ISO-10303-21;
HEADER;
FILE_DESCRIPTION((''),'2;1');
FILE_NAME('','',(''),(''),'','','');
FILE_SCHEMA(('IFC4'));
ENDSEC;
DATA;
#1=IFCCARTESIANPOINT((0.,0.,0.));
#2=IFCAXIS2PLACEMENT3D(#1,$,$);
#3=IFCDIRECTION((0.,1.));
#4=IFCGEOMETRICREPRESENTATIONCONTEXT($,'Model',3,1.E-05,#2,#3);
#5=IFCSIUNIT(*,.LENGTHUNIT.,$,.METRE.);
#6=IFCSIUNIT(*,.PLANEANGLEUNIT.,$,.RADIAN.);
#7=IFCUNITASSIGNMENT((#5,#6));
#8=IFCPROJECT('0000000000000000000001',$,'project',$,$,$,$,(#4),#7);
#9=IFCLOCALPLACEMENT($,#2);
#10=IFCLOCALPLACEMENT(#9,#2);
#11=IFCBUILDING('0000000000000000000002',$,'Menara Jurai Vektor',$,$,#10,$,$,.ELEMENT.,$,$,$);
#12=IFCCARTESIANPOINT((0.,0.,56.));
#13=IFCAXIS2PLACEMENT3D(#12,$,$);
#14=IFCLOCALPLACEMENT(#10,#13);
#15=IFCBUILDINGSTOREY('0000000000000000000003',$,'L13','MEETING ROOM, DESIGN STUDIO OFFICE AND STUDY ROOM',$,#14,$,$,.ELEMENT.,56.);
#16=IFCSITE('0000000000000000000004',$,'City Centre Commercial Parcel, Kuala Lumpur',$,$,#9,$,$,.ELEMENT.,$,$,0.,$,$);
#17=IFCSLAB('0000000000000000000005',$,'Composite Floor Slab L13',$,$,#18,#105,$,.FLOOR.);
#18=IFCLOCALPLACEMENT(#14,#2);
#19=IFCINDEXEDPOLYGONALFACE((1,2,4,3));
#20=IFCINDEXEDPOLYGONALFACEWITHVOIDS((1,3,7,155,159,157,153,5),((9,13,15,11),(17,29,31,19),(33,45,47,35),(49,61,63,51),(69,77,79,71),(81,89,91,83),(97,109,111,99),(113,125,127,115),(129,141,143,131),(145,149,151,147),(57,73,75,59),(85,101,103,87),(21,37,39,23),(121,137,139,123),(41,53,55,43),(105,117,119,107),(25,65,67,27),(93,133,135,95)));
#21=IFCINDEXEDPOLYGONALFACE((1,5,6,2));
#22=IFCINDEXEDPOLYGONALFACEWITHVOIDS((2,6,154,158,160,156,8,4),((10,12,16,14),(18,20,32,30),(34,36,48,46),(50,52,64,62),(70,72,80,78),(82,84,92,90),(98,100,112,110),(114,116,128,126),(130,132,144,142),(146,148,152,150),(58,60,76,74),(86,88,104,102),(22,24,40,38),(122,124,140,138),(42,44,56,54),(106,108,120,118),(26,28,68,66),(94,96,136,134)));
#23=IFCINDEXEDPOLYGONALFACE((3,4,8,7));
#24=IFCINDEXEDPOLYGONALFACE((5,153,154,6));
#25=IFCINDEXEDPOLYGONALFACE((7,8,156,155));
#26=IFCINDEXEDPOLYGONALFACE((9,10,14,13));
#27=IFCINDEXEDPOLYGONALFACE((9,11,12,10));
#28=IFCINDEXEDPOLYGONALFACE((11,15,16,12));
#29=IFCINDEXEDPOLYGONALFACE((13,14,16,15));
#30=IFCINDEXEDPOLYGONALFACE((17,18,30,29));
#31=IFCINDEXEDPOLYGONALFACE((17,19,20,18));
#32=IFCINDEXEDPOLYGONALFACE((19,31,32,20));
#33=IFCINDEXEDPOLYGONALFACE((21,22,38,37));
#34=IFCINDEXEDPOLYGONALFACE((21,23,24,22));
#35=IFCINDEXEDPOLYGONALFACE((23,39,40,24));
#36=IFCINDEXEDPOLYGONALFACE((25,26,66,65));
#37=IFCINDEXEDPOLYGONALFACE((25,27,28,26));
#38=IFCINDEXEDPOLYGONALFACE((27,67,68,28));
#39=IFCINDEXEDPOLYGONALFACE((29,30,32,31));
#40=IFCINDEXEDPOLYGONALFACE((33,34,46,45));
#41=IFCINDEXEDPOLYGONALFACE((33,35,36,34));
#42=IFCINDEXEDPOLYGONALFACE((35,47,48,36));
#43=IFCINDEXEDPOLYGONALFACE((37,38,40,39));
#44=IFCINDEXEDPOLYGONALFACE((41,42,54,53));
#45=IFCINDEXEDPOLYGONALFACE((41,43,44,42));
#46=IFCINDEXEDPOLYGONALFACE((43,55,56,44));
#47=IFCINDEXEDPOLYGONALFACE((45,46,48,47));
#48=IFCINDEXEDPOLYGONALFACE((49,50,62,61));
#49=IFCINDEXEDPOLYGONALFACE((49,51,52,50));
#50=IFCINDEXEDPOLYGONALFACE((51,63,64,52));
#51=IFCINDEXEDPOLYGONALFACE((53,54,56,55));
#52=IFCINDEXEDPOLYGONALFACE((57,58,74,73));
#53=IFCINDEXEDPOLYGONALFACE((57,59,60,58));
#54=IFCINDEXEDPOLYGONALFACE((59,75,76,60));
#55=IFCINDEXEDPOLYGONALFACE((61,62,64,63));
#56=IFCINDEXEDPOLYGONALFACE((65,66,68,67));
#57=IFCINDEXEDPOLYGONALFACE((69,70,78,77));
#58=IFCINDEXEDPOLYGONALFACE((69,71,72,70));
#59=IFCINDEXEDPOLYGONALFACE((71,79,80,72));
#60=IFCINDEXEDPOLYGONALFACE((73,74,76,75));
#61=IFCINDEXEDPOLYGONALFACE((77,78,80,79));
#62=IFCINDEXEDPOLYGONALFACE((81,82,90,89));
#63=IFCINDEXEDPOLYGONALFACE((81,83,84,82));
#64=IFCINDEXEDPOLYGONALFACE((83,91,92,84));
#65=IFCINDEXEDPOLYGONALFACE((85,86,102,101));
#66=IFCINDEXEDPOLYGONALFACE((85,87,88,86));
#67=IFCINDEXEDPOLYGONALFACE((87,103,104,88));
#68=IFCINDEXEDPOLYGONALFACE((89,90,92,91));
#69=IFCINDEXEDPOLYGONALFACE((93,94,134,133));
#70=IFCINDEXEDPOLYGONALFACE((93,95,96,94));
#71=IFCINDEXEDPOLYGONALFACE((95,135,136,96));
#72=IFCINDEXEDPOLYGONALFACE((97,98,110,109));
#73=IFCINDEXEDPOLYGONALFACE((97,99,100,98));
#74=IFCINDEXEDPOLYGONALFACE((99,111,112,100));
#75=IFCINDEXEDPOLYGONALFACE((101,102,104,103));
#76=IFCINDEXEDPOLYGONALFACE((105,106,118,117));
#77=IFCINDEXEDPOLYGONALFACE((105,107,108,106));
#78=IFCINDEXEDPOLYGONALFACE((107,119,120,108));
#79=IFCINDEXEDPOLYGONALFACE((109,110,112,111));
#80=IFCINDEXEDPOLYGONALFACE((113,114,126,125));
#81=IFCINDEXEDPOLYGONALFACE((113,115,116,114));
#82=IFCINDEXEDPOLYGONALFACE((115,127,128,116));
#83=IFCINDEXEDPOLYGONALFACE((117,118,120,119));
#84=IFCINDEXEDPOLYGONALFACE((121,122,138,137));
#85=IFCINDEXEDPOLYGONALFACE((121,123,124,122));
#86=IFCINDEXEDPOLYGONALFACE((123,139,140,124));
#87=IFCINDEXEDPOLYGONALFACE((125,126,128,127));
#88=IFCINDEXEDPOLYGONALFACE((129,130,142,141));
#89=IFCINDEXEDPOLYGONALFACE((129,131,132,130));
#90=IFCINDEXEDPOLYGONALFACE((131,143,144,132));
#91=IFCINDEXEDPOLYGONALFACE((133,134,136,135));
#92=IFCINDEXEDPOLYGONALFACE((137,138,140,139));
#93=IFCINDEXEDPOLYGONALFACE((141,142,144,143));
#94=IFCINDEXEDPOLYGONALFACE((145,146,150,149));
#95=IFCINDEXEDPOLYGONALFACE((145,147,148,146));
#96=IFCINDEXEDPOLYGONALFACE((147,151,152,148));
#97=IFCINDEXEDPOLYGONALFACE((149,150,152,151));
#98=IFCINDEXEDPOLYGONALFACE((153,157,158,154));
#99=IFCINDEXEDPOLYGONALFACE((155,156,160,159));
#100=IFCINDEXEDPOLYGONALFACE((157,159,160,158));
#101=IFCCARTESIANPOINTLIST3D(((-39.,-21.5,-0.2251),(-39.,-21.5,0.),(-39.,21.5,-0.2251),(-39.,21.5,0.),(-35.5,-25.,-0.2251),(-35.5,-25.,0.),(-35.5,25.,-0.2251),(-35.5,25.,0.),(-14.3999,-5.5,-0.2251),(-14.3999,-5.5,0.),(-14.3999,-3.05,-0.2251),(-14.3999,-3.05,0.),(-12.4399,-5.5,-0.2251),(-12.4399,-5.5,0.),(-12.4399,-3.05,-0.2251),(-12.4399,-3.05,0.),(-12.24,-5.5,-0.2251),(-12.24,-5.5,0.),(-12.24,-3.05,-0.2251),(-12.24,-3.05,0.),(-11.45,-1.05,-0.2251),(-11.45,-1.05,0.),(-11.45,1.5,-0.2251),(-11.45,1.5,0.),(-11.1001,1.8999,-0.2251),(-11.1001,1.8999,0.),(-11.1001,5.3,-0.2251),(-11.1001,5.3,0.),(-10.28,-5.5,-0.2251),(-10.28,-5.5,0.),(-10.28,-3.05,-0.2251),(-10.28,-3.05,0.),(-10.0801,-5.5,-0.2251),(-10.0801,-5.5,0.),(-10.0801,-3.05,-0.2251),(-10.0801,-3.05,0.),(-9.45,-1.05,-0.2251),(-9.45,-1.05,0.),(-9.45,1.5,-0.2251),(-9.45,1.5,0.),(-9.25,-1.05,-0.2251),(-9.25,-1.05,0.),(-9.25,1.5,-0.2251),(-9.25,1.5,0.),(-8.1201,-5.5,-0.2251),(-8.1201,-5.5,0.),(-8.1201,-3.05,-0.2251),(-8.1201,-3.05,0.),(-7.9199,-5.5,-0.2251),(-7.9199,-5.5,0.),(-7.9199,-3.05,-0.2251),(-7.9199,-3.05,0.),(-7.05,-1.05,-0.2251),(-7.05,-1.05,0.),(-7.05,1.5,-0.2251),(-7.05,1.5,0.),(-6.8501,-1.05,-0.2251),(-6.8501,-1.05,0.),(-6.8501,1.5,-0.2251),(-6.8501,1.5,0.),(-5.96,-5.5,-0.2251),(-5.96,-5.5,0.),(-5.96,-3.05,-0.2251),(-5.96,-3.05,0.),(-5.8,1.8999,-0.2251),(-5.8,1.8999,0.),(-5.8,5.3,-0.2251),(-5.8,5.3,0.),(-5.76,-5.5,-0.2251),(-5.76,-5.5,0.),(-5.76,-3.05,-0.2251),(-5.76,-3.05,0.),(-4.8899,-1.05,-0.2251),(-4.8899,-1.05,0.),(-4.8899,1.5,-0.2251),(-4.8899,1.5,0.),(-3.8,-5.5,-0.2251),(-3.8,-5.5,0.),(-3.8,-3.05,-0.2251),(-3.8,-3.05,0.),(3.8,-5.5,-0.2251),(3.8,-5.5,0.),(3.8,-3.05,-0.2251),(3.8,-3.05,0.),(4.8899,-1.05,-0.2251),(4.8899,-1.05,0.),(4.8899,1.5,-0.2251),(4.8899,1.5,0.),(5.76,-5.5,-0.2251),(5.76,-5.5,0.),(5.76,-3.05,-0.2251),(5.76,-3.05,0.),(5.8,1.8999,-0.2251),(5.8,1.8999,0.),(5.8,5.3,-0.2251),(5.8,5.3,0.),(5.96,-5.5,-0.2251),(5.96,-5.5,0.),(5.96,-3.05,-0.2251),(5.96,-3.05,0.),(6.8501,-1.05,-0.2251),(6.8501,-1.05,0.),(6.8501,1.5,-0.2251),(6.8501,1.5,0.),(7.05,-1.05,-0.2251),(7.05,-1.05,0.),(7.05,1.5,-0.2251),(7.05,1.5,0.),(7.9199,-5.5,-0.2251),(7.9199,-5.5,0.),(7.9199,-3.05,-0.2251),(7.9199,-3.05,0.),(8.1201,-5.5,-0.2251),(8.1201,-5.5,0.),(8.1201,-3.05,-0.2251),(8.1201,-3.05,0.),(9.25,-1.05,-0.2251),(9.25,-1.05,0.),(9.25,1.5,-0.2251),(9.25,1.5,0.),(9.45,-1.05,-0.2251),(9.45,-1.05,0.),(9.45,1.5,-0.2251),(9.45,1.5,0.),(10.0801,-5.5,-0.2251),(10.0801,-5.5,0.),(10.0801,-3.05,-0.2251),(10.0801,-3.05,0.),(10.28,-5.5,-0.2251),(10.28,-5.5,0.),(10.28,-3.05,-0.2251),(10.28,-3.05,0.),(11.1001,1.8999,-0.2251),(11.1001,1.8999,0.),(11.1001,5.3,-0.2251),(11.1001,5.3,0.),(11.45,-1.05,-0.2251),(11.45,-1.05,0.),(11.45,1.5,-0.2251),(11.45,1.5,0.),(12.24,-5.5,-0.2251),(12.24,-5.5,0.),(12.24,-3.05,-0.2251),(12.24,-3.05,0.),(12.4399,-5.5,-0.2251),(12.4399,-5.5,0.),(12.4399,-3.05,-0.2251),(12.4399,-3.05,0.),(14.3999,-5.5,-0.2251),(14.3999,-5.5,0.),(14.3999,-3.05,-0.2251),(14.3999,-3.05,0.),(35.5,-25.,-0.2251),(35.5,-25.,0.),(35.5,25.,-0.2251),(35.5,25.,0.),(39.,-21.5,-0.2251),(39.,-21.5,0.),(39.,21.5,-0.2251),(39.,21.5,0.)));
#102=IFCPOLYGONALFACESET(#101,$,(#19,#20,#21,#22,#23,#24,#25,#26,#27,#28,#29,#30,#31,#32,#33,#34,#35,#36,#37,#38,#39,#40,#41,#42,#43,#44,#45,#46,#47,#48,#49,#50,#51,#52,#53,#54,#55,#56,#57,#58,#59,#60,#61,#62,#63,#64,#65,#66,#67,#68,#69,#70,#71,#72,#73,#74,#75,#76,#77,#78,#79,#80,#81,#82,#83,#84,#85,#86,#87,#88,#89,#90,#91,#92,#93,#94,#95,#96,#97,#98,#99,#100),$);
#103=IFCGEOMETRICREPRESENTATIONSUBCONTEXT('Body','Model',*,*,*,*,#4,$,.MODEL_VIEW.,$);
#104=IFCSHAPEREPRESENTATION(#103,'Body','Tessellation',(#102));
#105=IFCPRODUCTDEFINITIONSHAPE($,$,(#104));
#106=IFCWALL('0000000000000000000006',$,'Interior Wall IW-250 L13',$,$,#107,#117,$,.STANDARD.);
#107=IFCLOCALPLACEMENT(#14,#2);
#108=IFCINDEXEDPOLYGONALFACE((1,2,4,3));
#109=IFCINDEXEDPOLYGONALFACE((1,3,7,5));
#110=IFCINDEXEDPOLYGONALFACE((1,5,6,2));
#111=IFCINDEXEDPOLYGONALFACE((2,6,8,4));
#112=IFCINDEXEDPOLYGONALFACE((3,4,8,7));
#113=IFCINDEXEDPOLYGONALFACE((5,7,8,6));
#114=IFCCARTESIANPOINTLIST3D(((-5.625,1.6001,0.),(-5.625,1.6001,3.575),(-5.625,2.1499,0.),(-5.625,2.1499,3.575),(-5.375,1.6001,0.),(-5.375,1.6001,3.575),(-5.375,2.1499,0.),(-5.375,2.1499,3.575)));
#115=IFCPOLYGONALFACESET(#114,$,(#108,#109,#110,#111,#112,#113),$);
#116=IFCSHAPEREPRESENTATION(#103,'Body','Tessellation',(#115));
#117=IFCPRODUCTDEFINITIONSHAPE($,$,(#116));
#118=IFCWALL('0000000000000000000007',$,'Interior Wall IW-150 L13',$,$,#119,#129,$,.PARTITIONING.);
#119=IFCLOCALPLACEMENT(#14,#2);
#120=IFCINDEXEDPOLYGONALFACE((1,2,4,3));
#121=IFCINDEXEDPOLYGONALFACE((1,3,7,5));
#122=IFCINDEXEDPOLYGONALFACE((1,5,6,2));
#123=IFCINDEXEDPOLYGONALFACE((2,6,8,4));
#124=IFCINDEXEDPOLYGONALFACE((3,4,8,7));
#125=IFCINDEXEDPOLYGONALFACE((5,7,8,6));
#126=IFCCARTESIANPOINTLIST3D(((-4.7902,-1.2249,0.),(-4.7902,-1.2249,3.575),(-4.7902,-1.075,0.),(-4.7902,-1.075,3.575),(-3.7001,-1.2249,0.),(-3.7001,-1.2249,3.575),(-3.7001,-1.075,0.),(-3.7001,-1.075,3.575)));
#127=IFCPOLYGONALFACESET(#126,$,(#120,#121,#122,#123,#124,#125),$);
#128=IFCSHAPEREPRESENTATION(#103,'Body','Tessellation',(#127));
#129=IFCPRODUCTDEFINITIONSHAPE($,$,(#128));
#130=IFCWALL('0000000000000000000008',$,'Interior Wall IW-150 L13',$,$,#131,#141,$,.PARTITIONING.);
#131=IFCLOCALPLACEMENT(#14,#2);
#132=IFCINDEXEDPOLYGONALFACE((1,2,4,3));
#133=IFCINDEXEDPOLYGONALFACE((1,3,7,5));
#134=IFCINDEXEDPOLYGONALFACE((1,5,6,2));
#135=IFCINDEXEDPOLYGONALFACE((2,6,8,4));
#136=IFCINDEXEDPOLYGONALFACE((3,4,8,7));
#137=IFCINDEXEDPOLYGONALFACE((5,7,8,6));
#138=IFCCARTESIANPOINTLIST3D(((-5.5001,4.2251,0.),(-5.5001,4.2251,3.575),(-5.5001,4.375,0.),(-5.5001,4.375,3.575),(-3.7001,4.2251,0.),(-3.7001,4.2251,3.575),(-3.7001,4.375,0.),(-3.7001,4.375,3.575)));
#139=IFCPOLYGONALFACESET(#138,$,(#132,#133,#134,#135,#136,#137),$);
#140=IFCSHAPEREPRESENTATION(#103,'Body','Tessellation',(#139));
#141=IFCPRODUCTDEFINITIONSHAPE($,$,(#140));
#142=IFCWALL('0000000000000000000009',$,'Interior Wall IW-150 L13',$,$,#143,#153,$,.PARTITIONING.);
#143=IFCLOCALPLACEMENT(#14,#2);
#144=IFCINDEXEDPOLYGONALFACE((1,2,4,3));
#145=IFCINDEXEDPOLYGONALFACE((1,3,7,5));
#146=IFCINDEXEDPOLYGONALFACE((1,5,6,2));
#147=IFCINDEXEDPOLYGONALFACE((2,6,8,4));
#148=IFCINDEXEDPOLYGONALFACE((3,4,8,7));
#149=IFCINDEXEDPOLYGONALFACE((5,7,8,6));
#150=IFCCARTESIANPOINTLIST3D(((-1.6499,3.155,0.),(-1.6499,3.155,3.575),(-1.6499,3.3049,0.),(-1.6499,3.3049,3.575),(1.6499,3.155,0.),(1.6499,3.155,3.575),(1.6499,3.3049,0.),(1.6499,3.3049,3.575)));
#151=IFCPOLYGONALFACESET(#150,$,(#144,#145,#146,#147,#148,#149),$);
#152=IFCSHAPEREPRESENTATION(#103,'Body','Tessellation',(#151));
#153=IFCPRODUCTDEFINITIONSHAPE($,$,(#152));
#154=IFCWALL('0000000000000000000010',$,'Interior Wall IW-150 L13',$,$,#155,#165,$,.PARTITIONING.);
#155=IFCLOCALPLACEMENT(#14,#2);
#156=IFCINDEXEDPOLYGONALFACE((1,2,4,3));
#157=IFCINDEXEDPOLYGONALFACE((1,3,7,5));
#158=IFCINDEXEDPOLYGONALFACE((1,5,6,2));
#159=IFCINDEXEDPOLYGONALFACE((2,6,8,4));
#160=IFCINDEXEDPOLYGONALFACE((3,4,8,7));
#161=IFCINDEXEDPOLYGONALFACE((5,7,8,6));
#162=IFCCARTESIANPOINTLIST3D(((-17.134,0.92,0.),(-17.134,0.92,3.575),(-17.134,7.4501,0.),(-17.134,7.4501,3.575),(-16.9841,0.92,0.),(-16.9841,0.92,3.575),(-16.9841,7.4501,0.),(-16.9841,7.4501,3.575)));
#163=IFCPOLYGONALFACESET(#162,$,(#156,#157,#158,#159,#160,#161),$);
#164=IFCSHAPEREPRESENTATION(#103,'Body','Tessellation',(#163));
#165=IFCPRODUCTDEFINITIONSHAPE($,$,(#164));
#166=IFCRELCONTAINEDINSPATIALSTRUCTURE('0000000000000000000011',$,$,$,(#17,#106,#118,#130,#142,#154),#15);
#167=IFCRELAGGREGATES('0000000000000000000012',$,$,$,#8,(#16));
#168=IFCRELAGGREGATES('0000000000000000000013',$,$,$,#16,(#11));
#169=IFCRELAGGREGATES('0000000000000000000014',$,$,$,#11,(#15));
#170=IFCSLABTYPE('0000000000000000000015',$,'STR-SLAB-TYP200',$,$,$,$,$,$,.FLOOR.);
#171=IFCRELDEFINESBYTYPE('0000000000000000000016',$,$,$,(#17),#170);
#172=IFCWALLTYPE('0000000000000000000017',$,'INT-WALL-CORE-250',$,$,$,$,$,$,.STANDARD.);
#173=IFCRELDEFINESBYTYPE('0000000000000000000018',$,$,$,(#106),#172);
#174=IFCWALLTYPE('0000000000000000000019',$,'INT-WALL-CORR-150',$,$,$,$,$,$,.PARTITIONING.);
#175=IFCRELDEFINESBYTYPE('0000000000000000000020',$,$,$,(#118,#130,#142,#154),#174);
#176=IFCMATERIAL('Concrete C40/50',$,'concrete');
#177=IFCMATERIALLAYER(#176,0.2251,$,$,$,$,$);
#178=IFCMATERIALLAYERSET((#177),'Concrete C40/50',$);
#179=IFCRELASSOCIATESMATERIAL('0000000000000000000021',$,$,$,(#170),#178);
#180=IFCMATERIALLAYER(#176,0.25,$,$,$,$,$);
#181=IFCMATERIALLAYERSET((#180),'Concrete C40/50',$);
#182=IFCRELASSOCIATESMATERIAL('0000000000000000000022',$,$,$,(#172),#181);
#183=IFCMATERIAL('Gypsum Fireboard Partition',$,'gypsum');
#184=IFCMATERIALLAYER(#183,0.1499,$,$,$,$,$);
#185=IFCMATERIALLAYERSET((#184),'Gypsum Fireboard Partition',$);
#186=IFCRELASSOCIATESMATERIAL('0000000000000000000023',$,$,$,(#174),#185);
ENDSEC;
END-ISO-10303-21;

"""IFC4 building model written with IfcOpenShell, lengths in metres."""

from ifc_helpers import new_model, si_unit, direction, frame, frame_2d, origin, place, context, subcontext, project, spatial, polyline, rectangle, outline, extrude, material, layer, layer_set, type_object, element, save


model = new_model("IFC4")

# Units and contexts
model_context = context("Model", 3, precision=1e-05, world=origin(), true_north=direction((0.0, 1.0)))
body_context = subcontext(model_context, "Body", "Model", "MODEL_VIEW")
ifc_project = project(units=[si_unit("LENGTHUNIT", "METRE"), si_unit("PLANEANGLEUNIT", "RADIAN")], contexts=[model_context])

# Site, building, storey
site_placement = place(None, origin())
site = spatial("IfcSite", under=ifc_project, at=site_placement, Name="City Centre Commercial Parcel, Kuala Lumpur", CompositionType="ELEMENT", RefElevation=0.0)
building_placement = place(site_placement, origin())
building = spatial("IfcBuilding", under=site, at=building_placement, Name="Menara Jurai Vektor", CompositionType="ELEMENT")
storey_placement = place(building_placement, frame((0.0, 0.0, 56.0)))
storey = spatial("IfcBuildingStorey", under=building, at=storey_placement, Name="L13", Description="MEETING ROOM, DESIGN STUDIO OFFICE AND STUDY ROOM", CompositionType="ELEMENT", Elevation=56.0)

# Slab
ifc_material_1 = material(Name="Concrete C40/50", Category="concrete")
ifc_layer_1 = layer(ifc_material_1, 0.2251)
ifc_layer_set_1 = layer_set([ifc_layer_1], Name="Concrete C40/50")
slab_type = type_object("IfcSlabType", Name="STR-SLAB-TYP200", PredefinedType="FLOOR", material=ifc_layer_set_1)
slab_placement = place(storey_placement, frame((0.0, 0.0, -0.2251)))
element("IfcSlab", 1, at=slab_placement, inside=storey, type_object=slab_type, Name="Composite Floor Slab L13", PredefinedType="FLOOR", context=body_context, shape_type="SweptSolid", body=[
    extrude(outline(polyline([(-35.5, -25.0), (35.5, -25.0), (39.0, -21.5), (39.0, 21.5), (35.5, 25.0), (-35.5, 25.0), (-39.0, 21.5), (-39.0, -21.5), (-35.5, -25.0)]), holes=[polyline([(-11.1001, 1.8999), (-11.1001, 5.3), (-5.8, 5.3), (-5.8, 1.8999), (-11.1001, 1.8999)]), polyline([(5.8, 1.8999), (5.8, 5.3), (11.1001, 5.3), (11.1001, 1.8999), (5.8, 1.8999)]), polyline([(-11.45, -1.05), (-11.45, 1.5), (-9.45, 1.5), (-9.45, -1.05), (-11.45, -1.05)]), polyline([(9.45, -1.05), (9.45, 1.5), (11.45, 1.5), (11.45, -1.05), (9.45, -1.05)]), polyline([(-5.76, -5.5), (-5.76, -3.05), (-3.8, -3.05), (-3.8, -5.5), (-5.76, -5.5)]), polyline([(-6.8501, -1.05), (-6.8501, 1.5), (-4.8899, 1.5), (-4.8899, -1.05), (-6.8501, -1.05)]), polyline([(3.8, -5.5), (3.8, -3.05), (5.76, -3.05), (5.76, -5.5), (3.8, -5.5)]), polyline([(4.8899, -1.05), (4.8899, 1.5), (6.8501, 1.5), (6.8501, -1.05), (4.8899, -1.05)]), polyline([(-14.3999, -5.5), (-14.3999, -3.05), (-12.4399, -3.05), (-12.4399, -5.5), (-14.3999, -5.5)]), polyline([(-12.24, -5.5), (-12.24, -3.05), (-10.28, -3.05), (-10.28, -5.5), (-12.24, -5.5)]), polyline([(10.28, -5.5), (10.28, -3.05), (12.24, -3.05), (12.24, -5.5), (10.28, -5.5)]), polyline([(12.4399, -5.5), (12.4399, -3.05), (14.3999, -3.05), (14.3999, -5.5), (12.4399, -5.5)]), polyline([(-10.0801, -5.5), (-10.0801, -3.05), (-8.1201, -3.05), (-8.1201, -5.5), (-10.0801, -5.5)]), polyline([(-7.9199, -5.5), (-7.9199, -3.05), (-5.96, -3.05), (-5.96, -5.5), (-7.9199, -5.5)]), polyline([(5.96, -5.5), (5.96, -3.05), (7.9199, -3.05), (7.9199, -5.5), (5.96, -5.5)]), polyline([(8.1201, -5.5), (8.1201, -3.05), (10.0801, -3.05), (10.0801, -5.5), (8.1201, -5.5)]), polyline([(-9.25, -1.05), (-9.25, 1.5), (-7.05, 1.5), (-7.05, -1.05), (-9.25, -1.05)]), polyline([(7.05, -1.05), (7.05, 1.5), (9.25, 1.5), (9.25, -1.05), (7.05, -1.05)])]), origin(), (0.0, 0.0, 1.0), 0.2251),
])

# Shared definitions
ifc_layer_2 = layer(ifc_material_1, 0.25)
ifc_layer_set_2 = layer_set([ifc_layer_2], Name="Concrete C40/50")
wall_type_1 = type_object("IfcWallType", Name="INT-WALL-CORE-250", PredefinedType="STANDARD", material=ifc_layer_set_2)

# Walls
wall_1_placement = place(storey_placement, frame((-5.5, 1.6001, 0.0), z_axis=(0.0, 0.0, 1.0), x_axis=(0.0, 1.0, 0.0)))
element("IfcWall", 2, at=wall_1_placement, inside=storey, type_object=wall_type_1, Name="Interior Wall IW-250 L13", PredefinedType="STANDARD", context=body_context, shape_type="SweptSolid", body=[
    extrude(rectangle(XDim=0.5498, YDim=0.25, at=frame_2d((0.2749, 0.0))), origin(), (0.0, 0.0, 1.0), 3.575),
])
ifc_material_2 = material(Name="Gypsum Fireboard Partition", Category="gypsum")
ifc_layer_3 = layer(ifc_material_2, 0.1499)
ifc_layer_set_3 = layer_set([ifc_layer_3], Name="Gypsum Fireboard Partition")
wall_type_2 = type_object("IfcWallType", Name="INT-WALL-CORR-150", PredefinedType="PARTITIONING", material=ifc_layer_set_3)
wall_2_placement = place(storey_placement, frame((-4.79, -1.1499, 0.0), z_axis=(0.0, 0.0, 1.0), x_axis=(1.0, 0.0, 0.0)))
element("IfcWall", 3, at=wall_2_placement, inside=storey, type_object=wall_type_2, Name="Interior Wall IW-150 L13", PredefinedType="PARTITIONING", context=body_context, shape_type="SweptSolid", body=[
    extrude(rectangle(XDim=1.0901, YDim=0.1499, at=frame_2d((0.5449, 0.0))), origin(), (0.0, 0.0, 1.0), 3.575),
])
wall_3_placement = place(storey_placement, frame((-5.5, 4.3, 0.0), z_axis=(0.0, 0.0, 1.0), x_axis=(1.0, 0.0, 0.0)))
element("IfcWall", 4, at=wall_3_placement, inside=storey, type_object=wall_type_2, Name="Interior Wall IW-150 L13", PredefinedType="PARTITIONING", context=body_context, shape_type="SweptSolid", body=[
    extrude(rectangle(XDim=1.8, YDim=0.1499, at=frame_2d((0.8999, 0.0))), origin(), (0.0, 0.0, 1.0), 3.575),
])
wall_4_placement = place(storey_placement, frame((-1.6499, 3.23, 0.0), z_axis=(0.0, 0.0, 1.0), x_axis=(1.0, 0.0, 0.0)))
element("IfcWall", 5, at=wall_4_placement, inside=storey, type_object=wall_type_2, Name="Interior Wall IW-150 L13", PredefinedType="PARTITIONING", context=body_context, shape_type="SweptSolid", body=[
    extrude(rectangle(XDim=3.2998, YDim=0.1499, at=frame_2d((1.6499, 0.0))), origin(), (0.0, 0.0, 1.0), 3.575),
])
wall_5_placement = place(storey_placement, frame((-17.0591, 0.9199, 0.0), z_axis=(0.0, 0.0, 1.0), x_axis=(0.0, 1.0, 0.0)))
element("IfcWall", 6, at=wall_5_placement, inside=storey, type_object=wall_type_2, Name="Interior Wall IW-150 L13", PredefinedType="PARTITIONING", context=body_context, shape_type="SweptSolid", body=[
    extrude(rectangle(XDim=6.53, YDim=0.1499, at=frame_2d((3.2651, 0.0))), origin(), (0.0, 0.0, 1.0), 3.575),
])

save(model, "model.ifc")
